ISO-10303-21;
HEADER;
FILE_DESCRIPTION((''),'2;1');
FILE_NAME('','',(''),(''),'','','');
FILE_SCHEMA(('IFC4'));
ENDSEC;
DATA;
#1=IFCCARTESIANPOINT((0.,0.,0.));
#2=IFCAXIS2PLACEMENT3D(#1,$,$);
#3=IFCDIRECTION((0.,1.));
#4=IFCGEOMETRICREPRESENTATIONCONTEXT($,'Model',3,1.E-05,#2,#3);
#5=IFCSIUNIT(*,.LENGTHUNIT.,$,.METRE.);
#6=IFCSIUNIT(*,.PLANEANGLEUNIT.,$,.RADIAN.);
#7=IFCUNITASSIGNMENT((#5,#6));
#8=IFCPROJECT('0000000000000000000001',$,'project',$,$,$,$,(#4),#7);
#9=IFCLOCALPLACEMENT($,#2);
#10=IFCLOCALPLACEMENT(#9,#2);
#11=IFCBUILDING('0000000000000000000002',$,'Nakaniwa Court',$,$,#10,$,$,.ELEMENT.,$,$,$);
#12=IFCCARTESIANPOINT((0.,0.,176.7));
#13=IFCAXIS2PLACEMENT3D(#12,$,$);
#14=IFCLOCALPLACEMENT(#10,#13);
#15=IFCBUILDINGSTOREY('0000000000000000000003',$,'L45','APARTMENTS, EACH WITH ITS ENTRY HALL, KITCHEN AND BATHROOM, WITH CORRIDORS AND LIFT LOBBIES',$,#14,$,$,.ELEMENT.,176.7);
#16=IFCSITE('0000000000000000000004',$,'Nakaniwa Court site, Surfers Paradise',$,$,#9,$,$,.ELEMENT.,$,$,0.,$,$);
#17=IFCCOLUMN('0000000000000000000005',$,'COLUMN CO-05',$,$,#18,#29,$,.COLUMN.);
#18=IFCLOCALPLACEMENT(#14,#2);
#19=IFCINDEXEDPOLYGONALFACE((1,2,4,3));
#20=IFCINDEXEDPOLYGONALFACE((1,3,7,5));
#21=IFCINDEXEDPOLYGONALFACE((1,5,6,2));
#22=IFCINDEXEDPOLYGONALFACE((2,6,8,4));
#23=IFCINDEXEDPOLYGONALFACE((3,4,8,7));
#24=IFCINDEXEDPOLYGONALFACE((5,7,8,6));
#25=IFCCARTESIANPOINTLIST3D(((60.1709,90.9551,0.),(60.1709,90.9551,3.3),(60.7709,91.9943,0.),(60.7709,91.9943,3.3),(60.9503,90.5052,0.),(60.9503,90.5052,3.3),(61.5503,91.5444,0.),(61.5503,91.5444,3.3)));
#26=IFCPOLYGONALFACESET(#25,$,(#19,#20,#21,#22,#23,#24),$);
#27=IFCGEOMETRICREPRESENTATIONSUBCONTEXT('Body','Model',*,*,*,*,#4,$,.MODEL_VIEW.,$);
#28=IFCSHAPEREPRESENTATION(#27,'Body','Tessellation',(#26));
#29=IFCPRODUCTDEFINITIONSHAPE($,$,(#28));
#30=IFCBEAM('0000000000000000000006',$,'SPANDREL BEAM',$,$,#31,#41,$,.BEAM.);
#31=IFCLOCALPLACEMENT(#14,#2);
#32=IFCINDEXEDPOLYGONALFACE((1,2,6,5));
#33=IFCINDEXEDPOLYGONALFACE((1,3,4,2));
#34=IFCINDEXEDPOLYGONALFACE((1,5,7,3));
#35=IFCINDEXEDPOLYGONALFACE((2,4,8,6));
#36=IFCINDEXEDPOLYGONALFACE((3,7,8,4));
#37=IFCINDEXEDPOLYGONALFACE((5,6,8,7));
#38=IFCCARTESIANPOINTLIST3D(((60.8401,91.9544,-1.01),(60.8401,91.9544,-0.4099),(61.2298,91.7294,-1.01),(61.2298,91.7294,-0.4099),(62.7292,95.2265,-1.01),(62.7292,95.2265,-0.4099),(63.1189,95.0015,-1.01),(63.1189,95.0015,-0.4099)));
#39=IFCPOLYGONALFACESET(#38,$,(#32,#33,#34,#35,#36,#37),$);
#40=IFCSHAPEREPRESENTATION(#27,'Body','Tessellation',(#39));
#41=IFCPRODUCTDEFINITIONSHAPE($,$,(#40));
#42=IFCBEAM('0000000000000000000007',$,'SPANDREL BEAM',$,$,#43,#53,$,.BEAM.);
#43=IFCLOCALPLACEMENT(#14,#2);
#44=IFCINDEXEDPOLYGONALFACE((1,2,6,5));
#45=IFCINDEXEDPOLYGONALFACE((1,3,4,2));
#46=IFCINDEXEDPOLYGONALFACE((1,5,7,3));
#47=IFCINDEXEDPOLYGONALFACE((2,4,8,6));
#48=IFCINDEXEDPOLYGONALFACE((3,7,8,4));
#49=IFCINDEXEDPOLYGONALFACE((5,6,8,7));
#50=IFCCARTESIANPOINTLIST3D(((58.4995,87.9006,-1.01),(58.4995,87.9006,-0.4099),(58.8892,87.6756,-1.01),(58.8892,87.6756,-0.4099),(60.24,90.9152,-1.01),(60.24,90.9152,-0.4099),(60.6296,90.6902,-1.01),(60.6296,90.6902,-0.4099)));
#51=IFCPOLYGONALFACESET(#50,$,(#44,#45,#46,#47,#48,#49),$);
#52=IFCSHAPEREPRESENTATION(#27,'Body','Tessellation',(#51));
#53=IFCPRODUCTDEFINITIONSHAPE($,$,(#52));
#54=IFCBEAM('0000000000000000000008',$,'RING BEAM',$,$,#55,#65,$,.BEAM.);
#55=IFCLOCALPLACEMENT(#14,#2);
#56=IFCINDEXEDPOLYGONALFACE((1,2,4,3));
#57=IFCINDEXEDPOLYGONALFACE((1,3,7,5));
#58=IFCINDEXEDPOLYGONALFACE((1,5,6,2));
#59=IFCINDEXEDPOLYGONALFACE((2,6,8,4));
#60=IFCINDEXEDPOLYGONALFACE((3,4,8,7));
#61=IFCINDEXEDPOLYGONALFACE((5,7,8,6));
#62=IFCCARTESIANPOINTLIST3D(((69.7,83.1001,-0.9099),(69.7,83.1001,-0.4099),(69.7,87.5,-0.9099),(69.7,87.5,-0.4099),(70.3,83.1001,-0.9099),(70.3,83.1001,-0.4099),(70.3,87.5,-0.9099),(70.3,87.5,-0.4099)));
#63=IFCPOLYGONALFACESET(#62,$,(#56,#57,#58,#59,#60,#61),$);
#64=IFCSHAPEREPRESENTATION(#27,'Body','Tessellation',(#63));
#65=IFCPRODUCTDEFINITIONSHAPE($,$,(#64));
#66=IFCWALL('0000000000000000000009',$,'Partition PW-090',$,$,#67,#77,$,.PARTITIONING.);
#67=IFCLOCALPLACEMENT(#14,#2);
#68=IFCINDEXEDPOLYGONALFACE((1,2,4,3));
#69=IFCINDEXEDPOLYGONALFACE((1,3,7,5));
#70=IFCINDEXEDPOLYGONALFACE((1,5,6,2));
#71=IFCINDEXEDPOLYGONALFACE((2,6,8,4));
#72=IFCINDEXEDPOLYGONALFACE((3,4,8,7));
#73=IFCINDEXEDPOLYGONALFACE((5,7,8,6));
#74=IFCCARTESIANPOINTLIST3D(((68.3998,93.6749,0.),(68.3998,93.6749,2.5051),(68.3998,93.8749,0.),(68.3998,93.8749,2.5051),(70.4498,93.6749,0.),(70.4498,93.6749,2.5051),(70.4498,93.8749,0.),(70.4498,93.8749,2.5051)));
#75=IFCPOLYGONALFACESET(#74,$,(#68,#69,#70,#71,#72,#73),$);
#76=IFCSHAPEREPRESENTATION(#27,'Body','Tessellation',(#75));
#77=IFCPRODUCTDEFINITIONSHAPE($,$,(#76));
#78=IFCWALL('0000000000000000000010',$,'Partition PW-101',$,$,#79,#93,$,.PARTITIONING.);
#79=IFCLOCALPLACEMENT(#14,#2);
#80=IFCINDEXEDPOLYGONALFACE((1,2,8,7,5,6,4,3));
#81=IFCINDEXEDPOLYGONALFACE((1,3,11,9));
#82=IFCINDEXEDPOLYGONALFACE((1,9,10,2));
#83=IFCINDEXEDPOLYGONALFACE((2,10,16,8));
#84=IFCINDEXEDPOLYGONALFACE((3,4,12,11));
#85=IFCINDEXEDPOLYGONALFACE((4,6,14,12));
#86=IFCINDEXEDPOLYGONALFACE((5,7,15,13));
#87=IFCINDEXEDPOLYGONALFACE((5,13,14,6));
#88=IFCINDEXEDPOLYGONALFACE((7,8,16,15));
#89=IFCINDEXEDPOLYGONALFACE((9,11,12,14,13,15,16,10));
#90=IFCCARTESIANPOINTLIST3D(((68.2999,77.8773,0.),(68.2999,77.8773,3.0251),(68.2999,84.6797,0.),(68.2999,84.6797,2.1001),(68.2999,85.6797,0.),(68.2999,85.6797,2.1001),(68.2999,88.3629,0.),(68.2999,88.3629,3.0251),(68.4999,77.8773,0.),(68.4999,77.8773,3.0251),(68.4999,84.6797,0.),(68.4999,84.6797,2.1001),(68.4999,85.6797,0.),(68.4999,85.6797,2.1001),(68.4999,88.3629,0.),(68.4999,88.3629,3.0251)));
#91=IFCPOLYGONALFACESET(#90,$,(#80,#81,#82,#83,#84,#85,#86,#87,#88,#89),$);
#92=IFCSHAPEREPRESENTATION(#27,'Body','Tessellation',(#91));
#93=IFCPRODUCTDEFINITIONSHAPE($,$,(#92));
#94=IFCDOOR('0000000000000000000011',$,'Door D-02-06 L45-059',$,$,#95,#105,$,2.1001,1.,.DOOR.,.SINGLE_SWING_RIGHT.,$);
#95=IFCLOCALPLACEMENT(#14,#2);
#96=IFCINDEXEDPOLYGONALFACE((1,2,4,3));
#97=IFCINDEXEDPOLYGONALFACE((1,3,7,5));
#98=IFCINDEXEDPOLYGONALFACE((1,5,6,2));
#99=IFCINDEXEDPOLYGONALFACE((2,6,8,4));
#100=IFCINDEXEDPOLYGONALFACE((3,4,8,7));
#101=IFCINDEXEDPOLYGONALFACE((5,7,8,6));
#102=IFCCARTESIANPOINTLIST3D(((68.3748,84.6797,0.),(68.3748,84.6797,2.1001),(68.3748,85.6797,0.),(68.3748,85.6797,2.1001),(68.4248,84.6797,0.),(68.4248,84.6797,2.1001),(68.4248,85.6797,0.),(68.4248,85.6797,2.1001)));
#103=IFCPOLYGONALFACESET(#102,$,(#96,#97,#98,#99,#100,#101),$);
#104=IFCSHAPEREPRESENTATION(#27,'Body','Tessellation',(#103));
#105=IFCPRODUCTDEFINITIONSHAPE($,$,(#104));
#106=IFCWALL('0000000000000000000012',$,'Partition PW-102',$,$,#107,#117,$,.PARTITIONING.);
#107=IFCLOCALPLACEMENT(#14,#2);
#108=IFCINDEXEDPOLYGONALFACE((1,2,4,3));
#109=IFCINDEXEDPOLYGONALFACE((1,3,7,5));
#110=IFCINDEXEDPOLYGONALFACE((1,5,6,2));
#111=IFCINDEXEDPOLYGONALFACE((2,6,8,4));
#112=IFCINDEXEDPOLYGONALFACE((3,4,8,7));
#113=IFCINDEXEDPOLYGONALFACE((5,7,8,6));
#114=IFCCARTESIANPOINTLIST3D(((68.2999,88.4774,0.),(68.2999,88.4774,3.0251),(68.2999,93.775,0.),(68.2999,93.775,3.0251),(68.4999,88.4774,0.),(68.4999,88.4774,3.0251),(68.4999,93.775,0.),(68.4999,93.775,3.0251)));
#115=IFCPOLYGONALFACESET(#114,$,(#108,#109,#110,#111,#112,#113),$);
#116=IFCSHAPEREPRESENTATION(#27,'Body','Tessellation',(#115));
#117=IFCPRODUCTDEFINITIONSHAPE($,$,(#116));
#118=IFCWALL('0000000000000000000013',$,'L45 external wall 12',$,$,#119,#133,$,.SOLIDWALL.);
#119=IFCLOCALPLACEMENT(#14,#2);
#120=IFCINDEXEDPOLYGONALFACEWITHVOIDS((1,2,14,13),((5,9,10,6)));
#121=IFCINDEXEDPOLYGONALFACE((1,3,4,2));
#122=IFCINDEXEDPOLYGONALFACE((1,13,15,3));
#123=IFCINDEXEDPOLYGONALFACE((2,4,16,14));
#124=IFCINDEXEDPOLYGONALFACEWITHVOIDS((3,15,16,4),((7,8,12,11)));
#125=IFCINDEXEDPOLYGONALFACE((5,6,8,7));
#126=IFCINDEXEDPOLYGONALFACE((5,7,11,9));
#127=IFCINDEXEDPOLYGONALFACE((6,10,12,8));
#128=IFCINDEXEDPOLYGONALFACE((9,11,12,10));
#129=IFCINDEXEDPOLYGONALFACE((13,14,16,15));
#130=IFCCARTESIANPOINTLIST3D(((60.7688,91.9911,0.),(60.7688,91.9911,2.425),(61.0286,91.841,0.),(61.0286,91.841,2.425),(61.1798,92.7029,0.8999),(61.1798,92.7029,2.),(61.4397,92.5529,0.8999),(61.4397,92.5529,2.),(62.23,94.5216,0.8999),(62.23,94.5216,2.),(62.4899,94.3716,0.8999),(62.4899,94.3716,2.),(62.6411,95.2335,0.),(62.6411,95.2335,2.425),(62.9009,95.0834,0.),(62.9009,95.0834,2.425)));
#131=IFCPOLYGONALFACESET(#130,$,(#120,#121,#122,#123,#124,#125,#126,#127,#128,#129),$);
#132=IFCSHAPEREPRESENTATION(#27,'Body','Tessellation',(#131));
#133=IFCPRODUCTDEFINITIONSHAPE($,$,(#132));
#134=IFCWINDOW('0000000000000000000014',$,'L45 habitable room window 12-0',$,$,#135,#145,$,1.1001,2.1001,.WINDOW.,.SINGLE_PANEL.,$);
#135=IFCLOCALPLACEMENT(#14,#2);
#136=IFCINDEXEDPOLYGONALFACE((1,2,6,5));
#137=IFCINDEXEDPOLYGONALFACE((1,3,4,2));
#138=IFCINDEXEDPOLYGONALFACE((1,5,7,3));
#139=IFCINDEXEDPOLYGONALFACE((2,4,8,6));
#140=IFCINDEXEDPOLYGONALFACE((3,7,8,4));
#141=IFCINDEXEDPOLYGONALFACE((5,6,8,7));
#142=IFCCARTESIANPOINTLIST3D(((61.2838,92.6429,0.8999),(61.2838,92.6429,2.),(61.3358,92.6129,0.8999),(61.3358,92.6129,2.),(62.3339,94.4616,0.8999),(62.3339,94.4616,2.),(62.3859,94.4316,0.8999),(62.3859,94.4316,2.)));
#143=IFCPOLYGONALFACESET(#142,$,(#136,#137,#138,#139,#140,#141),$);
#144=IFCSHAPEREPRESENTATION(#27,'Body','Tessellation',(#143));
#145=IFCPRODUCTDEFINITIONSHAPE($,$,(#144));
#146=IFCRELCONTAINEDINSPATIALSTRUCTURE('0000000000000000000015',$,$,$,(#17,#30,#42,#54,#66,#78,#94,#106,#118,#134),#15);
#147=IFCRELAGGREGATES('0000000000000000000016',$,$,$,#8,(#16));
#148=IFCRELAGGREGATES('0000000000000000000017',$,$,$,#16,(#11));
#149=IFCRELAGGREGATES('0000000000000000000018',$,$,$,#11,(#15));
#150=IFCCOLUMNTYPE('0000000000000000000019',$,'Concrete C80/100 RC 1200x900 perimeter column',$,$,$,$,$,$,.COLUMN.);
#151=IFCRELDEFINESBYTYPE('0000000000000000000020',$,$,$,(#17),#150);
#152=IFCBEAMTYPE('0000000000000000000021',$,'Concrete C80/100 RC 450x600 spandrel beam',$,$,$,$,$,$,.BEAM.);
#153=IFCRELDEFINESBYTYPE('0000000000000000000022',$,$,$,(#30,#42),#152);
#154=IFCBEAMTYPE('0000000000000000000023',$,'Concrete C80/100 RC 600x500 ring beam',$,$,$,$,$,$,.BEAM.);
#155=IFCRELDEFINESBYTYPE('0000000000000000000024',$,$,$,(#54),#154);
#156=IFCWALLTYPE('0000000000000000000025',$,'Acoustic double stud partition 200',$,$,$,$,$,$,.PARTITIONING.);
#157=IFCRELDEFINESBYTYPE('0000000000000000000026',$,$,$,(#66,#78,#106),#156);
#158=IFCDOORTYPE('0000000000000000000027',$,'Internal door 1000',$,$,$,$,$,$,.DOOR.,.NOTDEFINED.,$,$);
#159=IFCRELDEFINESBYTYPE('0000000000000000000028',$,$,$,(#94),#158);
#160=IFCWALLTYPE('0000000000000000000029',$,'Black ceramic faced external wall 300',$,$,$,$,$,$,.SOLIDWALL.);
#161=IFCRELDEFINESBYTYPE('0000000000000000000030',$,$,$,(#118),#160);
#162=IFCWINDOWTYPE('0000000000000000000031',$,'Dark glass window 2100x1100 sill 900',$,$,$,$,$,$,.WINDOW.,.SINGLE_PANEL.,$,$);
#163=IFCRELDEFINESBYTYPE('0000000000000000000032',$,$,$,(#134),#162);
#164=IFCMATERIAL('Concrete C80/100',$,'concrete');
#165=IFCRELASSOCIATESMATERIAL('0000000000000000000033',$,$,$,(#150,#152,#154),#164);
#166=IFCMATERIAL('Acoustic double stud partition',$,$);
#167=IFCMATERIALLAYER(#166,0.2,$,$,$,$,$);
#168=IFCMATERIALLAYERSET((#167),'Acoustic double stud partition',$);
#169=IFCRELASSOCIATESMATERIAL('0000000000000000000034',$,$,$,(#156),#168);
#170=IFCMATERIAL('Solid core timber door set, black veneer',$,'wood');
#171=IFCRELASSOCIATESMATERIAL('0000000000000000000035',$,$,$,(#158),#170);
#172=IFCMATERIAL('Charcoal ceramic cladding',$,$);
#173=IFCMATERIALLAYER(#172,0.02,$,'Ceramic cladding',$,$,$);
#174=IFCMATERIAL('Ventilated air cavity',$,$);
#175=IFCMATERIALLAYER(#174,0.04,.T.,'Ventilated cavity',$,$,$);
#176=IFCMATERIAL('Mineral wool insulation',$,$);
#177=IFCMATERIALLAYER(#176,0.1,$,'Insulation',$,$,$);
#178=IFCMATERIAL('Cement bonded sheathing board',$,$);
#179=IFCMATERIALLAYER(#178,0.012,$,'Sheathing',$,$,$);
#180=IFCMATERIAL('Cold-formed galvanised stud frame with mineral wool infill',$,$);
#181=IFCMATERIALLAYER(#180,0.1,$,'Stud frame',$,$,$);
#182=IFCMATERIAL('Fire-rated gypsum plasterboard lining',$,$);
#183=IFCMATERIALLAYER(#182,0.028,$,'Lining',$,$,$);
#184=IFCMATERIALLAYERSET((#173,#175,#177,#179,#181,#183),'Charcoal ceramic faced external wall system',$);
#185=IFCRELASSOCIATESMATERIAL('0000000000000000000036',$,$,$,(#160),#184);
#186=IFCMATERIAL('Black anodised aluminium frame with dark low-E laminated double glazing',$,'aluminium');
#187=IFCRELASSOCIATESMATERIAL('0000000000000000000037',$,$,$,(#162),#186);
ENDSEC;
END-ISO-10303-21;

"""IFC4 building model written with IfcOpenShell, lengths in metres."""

from ifc_helpers import new_model, si_unit, direction, frame, frame_2d, origin, origin_2d, place, context, subcontext, project, spatial, rectangle, extrude, material, layer, layer_set, material_profile, profile_set, type_object, element, fill, save


model = new_model("IFC4")

# Units and contexts
model_context = context("Model", 3, precision=1e-05, world=origin(), true_north=direction((0.0, 1.0)))
body_context = subcontext(model_context, "Body", "Model", "MODEL_VIEW")
ifc_project = project(units=[si_unit("LENGTHUNIT", "METRE"), si_unit("PLANEANGLEUNIT", "RADIAN")], contexts=[model_context])

# Site, building, storey
site_placement = place(None, origin())
site = spatial("IfcSite", under=ifc_project, at=site_placement, Name="Nakaniwa Court site, Surfers Paradise", CompositionType="ELEMENT", RefElevation=0.0)
building_placement = place(site_placement, origin())
building = spatial("IfcBuilding", under=site, at=building_placement, Name="Nakaniwa Court", CompositionType="ELEMENT")
storey_placement = place(building_placement, frame((0.0, 0.0, 176.7)))
storey = spatial("IfcBuildingStorey", under=building, at=storey_placement, Name="L45", Description="APARTMENTS, EACH WITH ITS ENTRY HALL, KITCHEN AND BATHROOM, WITH CORRIDORS AND LIFT LOBBIES", CompositionType="ELEMENT", Elevation=176.7)

# Column
ifc_material_1 = material(Name="Concrete C80/100", Category="concrete")
ifc_material_profile_1 = material_profile(ifc_material_1, rectangle(XDim=1.2, YDim=0.8999, at=origin_2d()), Name="Concrete C80/100 RC 1200x900 perimeter column")
ifc_profile_set_1 = profile_set([ifc_material_profile_1], Name="Concrete C80/100")
column_type = type_object("IfcColumnType", Name="Concrete C80/100 RC 1200x900 perimeter column", PredefinedType="COLUMN", material=ifc_profile_set_1)
column_placement = place(storey_placement, frame((60.8606, 91.2498, 0.0), z_axis=(0.0, 0.0, 1.0), x_axis=(-0.5, -0.866025, 0.0)))
element("IfcColumn", 1, at=column_placement, inside=storey, type_object=column_type, Name="COLUMN CO-05", PredefinedType="COLUMN", context=body_context, shape_type="SweptSolid", body=[
    extrude(rectangle(XDim=1.2, YDim=0.8999, at=origin_2d()), origin(), (0.0, 0.0, 1.0), 3.3),
])

# Beams
ifc_material_profile_2 = material_profile(ifc_material_1, rectangle(XDim=0.45, YDim=0.6001, at=origin_2d()), Name="Concrete C80/100 RC 450x600 spandrel beam")
ifc_profile_set_2 = profile_set([ifc_material_profile_2], Name="Concrete C80/100")
beam_type_1 = type_object("IfcBeamType", Name="Concrete C80/100 RC 450x600 spandrel beam", PredefinedType="BEAM", material=ifc_profile_set_2)
beam_1_placement = place(storey_placement, frame((62.9241, 95.114, -0.71), z_axis=(-0.499989, -0.866032, 0.0), x_axis=(0.866032, -0.499989, 0.0)))
element("IfcBeam", 2, at=beam_1_placement, inside=storey, type_object=beam_type_1, Name="SPANDREL BEAM", PredefinedType="BEAM", context=body_context, shape_type="SweptSolid", body=[
    extrude(rectangle(XDim=0.45, YDim=0.6001, at=origin_2d()), origin(), (0.0, 0.0, 1.0), 3.7783),
])
beam_2_placement = place(storey_placement, frame((60.4348, 90.8027, -0.71), z_axis=(-0.499994, -0.866029, 0.0), x_axis=(0.866029, -0.499994, 0.0)))
element("IfcBeam", 3, at=beam_2_placement, inside=storey, type_object=beam_type_1, Name="SPANDREL BEAM", PredefinedType="BEAM", context=body_context, shape_type="SweptSolid", body=[
    extrude(rectangle(XDim=0.45, YDim=0.6001, at=origin_2d()), origin(), (0.0, 0.0, 1.0), 3.481),
])
ifc_material_profile_3 = material_profile(ifc_material_1, rectangle(XDim=0.6001, YDim=0.5, at=origin_2d()), Name="Concrete C80/100 RC 600x500 ring beam")
ifc_profile_set_3 = profile_set([ifc_material_profile_3], Name="Concrete C80/100")
beam_type_2 = type_object("IfcBeamType", Name="Concrete C80/100 RC 600x500 ring beam", PredefinedType="BEAM", material=ifc_profile_set_3)
beam_3_placement = place(storey_placement, frame((70.0, 87.5, -0.6599), z_axis=(0.0, -1.0, 0.0), x_axis=(1.0, 0.0, 0.0)))
element("IfcBeam", 4, at=beam_3_placement, inside=storey, type_object=beam_type_2, Name="RING BEAM", PredefinedType="BEAM", context=body_context, shape_type="SweptSolid", body=[
    extrude(rectangle(XDim=0.6001, YDim=0.5, at=origin_2d()), origin(), (0.0, 0.0, 1.0), 4.3999),
])

# Wall
ifc_material_2 = material(Name="Acoustic double stud partition")
ifc_layer_1 = layer(ifc_material_2, 0.2)
ifc_layer_set_1 = layer_set([ifc_layer_1], Name="Acoustic double stud partition")
wall_type_1 = type_object("IfcWallType", Name="Acoustic double stud partition 200", PredefinedType="PARTITIONING", material=ifc_layer_set_1)
wall_1_placement = place(storey_placement, frame((68.3999, 93.7749, 0.0), z_axis=(0.0, 0.0, 1.0), x_axis=(1.0, 0.0, 0.0)))
element("IfcWall", 5, at=wall_1_placement, inside=storey, type_object=wall_type_1, Name="Partition PW-090", PredefinedType="PARTITIONING", context=body_context, shape_type="SweptSolid", body=[
    extrude(rectangle(XDim=2.05, YDim=0.2, at=frame_2d((1.0249, 0.0))), origin(), (0.0, 0.0, 1.0), 2.5051),
])

# Wall, opening, door
wall_2_placement = place(storey_placement, frame((68.3999, 88.3628, 0.0), z_axis=(0.0, 0.0, 1.0), x_axis=(0.0, -1.0, 0.0)))
wall_2 = element("IfcWall", 6, at=wall_2_placement, inside=storey, type_object=wall_type_1, Name="Partition PW-101", PredefinedType="PARTITIONING", context=body_context, shape_type="SweptSolid", body=[
    extrude(rectangle(XDim=10.4856, YDim=0.2, at=frame_2d((5.2427, 0.0))), origin(), (0.0, 0.0, 1.0), 3.0251),
])
opening_1_placement = place(wall_2_placement, frame((2.6831, 0.0, 0.0)))
opening_1 = element("IfcOpeningElement", 7, at=opening_1_placement, cuts=wall_2, PredefinedType="OPENING", context=body_context, shape_type="SweptSolid", body=[
    extrude(rectangle(XDim=1.0, YDim=2.1001, at=frame_2d((0.5, 1.05))), frame((0.0, 0.1099, 0.0), z_axis=(0.0, -1.0, 0.0), x_axis=(1.0, 0.0, 0.0)), (0.0, 0.0, 1.0), 0.22),
])
ifc_material_3 = material(Name="Solid core timber door set, black veneer", Category="wood")
door_type_1 = type_object("IfcDoorType", Name="Internal door 1000", OperationType="NOTDEFINED", PredefinedType="DOOR", material=ifc_material_3)
door_1_placement = place(opening_1_placement, origin())
door_1 = element("IfcDoor", 8, at=door_1_placement, inside=storey, type_object=door_type_1, Name="Door D-02-06 L45-059", OperationType="SINGLE_SWING_RIGHT", OverallHeight=2.1001, OverallWidth=1.0, PredefinedType="DOOR", context=body_context, shape_type="SweptSolid", body=[
    extrude(rectangle(XDim=1.0, YDim=2.1001, at=frame_2d((0.5, 1.05))), frame((0.0, 0.0249, 0.0), z_axis=(0.0, -1.0, 0.0), x_axis=(1.0, 0.0, 0.0)), (0.0, 0.0, 1.0), 0.05),
])
fill(opening_1, door_1)

# Wall
wall_3_placement = place(storey_placement, frame((68.3999, 88.4773, 0.0), z_axis=(0.0, 0.0, 1.0), x_axis=(0.0, 1.0, 0.0)))
element("IfcWall", 9, at=wall_3_placement, inside=storey, type_object=wall_type_1, Name="Partition PW-102", PredefinedType="PARTITIONING", context=body_context, shape_type="SweptSolid", body=[
    extrude(rectangle(XDim=5.2976, YDim=0.2, at=frame_2d((2.6489, 0.0))), origin(), (0.0, 0.0, 1.0), 3.0251),
])

# Wall, opening, window
ifc_material_4 = material(Name="Charcoal ceramic cladding")
ifc_layer_2 = layer(ifc_material_4, 0.02, Name="Ceramic cladding")
ifc_material_5 = material(Name="Ventilated air cavity")
ifc_layer_3 = layer(ifc_material_5, 0.04, ventilated=True, Name="Ventilated cavity")
ifc_material_6 = material(Name="Mineral wool insulation")
ifc_layer_4 = layer(ifc_material_6, 0.1, Name="Insulation")
ifc_material_7 = material(Name="Cement bonded sheathing board")
ifc_layer_5 = layer(ifc_material_7, 0.012, Name="Sheathing")
ifc_material_8 = material(Name="Cold-formed galvanised stud frame with mineral wool infill")
ifc_layer_6 = layer(ifc_material_8, 0.1, Name="Stud frame")
ifc_material_9 = material(Name="Fire-rated gypsum plasterboard lining")
ifc_layer_7 = layer(ifc_material_9, 0.028, Name="Lining")
ifc_layer_set_2 = layer_set([ifc_layer_2, ifc_layer_3, ifc_layer_4, ifc_layer_5, ifc_layer_6, ifc_layer_7], Name="Charcoal ceramic faced external wall system")
wall_type_2 = type_object("IfcWallType", Name="Black ceramic faced external wall 300", PredefinedType="SOLIDWALL", material=ifc_layer_set_2)
wall_4_placement = place(storey_placement, frame((62.771, 95.1584, 0.0), z_axis=(0.0, 0.0, 1.0), x_axis=(-0.500059, -0.865991, 0.0)))
wall_4 = element("IfcWall", 10, at=wall_4_placement, inside=storey, type_object=wall_type_2, Name="L45 external wall 12", PredefinedType="SOLIDWALL", context=body_context, shape_type="SweptSolid", body=[
    extrude(rectangle(XDim=3.7441, YDim=0.3, at=frame_2d((1.8721, 0.0))), origin(), (0.0, 0.0, 1.0), 2.425),
])
opening_2_placement = place(wall_4_placement, frame((0.822, 0.0, 0.8999)))
opening_2 = element("IfcOpeningElement", 11, at=opening_2_placement, cuts=wall_4, PredefinedType="OPENING", context=body_context, shape_type="SweptSolid", body=[
    extrude(rectangle(XDim=2.1001, YDim=1.1001, at=frame_2d((1.05, 0.55))), frame((0.0, 0.1599, 0.0), z_axis=(0.0, -1.0, 0.0), x_axis=(1.0, 0.0, 0.0)), (0.0, 0.0, 1.0), 0.3201),
])
ifc_material_10 = material(Name="Black anodised aluminium frame with dark low-E laminated double glazing", Category="aluminium")
window_type_1 = type_object("IfcWindowType", Name="Dark glass window 2100x1100 sill 900", PartitioningType="SINGLE_PANEL", PredefinedType="WINDOW", material=ifc_material_10)
window_1_placement = place(opening_2_placement, origin())
window_1 = element("IfcWindow", 12, at=window_1_placement, inside=storey, type_object=window_type_1, Name="L45 habitable room window 12-0", OverallHeight=1.1001, OverallWidth=2.1001, PartitioningType="SINGLE_PANEL", PredefinedType="WINDOW", context=body_context, shape_type="SweptSolid", body=[
    extrude(rectangle(XDim=2.1001, YDim=1.1001, at=frame_2d((1.05, 0.55))), frame((0.0, 0.03, 0.0), z_axis=(0.0, -1.0, 0.0), x_axis=(1.0, 0.0, 0.0)), (0.0, 0.0, 1.0), 0.0601),
])
fill(opening_2, window_1)

save(model, "model.ifc")
